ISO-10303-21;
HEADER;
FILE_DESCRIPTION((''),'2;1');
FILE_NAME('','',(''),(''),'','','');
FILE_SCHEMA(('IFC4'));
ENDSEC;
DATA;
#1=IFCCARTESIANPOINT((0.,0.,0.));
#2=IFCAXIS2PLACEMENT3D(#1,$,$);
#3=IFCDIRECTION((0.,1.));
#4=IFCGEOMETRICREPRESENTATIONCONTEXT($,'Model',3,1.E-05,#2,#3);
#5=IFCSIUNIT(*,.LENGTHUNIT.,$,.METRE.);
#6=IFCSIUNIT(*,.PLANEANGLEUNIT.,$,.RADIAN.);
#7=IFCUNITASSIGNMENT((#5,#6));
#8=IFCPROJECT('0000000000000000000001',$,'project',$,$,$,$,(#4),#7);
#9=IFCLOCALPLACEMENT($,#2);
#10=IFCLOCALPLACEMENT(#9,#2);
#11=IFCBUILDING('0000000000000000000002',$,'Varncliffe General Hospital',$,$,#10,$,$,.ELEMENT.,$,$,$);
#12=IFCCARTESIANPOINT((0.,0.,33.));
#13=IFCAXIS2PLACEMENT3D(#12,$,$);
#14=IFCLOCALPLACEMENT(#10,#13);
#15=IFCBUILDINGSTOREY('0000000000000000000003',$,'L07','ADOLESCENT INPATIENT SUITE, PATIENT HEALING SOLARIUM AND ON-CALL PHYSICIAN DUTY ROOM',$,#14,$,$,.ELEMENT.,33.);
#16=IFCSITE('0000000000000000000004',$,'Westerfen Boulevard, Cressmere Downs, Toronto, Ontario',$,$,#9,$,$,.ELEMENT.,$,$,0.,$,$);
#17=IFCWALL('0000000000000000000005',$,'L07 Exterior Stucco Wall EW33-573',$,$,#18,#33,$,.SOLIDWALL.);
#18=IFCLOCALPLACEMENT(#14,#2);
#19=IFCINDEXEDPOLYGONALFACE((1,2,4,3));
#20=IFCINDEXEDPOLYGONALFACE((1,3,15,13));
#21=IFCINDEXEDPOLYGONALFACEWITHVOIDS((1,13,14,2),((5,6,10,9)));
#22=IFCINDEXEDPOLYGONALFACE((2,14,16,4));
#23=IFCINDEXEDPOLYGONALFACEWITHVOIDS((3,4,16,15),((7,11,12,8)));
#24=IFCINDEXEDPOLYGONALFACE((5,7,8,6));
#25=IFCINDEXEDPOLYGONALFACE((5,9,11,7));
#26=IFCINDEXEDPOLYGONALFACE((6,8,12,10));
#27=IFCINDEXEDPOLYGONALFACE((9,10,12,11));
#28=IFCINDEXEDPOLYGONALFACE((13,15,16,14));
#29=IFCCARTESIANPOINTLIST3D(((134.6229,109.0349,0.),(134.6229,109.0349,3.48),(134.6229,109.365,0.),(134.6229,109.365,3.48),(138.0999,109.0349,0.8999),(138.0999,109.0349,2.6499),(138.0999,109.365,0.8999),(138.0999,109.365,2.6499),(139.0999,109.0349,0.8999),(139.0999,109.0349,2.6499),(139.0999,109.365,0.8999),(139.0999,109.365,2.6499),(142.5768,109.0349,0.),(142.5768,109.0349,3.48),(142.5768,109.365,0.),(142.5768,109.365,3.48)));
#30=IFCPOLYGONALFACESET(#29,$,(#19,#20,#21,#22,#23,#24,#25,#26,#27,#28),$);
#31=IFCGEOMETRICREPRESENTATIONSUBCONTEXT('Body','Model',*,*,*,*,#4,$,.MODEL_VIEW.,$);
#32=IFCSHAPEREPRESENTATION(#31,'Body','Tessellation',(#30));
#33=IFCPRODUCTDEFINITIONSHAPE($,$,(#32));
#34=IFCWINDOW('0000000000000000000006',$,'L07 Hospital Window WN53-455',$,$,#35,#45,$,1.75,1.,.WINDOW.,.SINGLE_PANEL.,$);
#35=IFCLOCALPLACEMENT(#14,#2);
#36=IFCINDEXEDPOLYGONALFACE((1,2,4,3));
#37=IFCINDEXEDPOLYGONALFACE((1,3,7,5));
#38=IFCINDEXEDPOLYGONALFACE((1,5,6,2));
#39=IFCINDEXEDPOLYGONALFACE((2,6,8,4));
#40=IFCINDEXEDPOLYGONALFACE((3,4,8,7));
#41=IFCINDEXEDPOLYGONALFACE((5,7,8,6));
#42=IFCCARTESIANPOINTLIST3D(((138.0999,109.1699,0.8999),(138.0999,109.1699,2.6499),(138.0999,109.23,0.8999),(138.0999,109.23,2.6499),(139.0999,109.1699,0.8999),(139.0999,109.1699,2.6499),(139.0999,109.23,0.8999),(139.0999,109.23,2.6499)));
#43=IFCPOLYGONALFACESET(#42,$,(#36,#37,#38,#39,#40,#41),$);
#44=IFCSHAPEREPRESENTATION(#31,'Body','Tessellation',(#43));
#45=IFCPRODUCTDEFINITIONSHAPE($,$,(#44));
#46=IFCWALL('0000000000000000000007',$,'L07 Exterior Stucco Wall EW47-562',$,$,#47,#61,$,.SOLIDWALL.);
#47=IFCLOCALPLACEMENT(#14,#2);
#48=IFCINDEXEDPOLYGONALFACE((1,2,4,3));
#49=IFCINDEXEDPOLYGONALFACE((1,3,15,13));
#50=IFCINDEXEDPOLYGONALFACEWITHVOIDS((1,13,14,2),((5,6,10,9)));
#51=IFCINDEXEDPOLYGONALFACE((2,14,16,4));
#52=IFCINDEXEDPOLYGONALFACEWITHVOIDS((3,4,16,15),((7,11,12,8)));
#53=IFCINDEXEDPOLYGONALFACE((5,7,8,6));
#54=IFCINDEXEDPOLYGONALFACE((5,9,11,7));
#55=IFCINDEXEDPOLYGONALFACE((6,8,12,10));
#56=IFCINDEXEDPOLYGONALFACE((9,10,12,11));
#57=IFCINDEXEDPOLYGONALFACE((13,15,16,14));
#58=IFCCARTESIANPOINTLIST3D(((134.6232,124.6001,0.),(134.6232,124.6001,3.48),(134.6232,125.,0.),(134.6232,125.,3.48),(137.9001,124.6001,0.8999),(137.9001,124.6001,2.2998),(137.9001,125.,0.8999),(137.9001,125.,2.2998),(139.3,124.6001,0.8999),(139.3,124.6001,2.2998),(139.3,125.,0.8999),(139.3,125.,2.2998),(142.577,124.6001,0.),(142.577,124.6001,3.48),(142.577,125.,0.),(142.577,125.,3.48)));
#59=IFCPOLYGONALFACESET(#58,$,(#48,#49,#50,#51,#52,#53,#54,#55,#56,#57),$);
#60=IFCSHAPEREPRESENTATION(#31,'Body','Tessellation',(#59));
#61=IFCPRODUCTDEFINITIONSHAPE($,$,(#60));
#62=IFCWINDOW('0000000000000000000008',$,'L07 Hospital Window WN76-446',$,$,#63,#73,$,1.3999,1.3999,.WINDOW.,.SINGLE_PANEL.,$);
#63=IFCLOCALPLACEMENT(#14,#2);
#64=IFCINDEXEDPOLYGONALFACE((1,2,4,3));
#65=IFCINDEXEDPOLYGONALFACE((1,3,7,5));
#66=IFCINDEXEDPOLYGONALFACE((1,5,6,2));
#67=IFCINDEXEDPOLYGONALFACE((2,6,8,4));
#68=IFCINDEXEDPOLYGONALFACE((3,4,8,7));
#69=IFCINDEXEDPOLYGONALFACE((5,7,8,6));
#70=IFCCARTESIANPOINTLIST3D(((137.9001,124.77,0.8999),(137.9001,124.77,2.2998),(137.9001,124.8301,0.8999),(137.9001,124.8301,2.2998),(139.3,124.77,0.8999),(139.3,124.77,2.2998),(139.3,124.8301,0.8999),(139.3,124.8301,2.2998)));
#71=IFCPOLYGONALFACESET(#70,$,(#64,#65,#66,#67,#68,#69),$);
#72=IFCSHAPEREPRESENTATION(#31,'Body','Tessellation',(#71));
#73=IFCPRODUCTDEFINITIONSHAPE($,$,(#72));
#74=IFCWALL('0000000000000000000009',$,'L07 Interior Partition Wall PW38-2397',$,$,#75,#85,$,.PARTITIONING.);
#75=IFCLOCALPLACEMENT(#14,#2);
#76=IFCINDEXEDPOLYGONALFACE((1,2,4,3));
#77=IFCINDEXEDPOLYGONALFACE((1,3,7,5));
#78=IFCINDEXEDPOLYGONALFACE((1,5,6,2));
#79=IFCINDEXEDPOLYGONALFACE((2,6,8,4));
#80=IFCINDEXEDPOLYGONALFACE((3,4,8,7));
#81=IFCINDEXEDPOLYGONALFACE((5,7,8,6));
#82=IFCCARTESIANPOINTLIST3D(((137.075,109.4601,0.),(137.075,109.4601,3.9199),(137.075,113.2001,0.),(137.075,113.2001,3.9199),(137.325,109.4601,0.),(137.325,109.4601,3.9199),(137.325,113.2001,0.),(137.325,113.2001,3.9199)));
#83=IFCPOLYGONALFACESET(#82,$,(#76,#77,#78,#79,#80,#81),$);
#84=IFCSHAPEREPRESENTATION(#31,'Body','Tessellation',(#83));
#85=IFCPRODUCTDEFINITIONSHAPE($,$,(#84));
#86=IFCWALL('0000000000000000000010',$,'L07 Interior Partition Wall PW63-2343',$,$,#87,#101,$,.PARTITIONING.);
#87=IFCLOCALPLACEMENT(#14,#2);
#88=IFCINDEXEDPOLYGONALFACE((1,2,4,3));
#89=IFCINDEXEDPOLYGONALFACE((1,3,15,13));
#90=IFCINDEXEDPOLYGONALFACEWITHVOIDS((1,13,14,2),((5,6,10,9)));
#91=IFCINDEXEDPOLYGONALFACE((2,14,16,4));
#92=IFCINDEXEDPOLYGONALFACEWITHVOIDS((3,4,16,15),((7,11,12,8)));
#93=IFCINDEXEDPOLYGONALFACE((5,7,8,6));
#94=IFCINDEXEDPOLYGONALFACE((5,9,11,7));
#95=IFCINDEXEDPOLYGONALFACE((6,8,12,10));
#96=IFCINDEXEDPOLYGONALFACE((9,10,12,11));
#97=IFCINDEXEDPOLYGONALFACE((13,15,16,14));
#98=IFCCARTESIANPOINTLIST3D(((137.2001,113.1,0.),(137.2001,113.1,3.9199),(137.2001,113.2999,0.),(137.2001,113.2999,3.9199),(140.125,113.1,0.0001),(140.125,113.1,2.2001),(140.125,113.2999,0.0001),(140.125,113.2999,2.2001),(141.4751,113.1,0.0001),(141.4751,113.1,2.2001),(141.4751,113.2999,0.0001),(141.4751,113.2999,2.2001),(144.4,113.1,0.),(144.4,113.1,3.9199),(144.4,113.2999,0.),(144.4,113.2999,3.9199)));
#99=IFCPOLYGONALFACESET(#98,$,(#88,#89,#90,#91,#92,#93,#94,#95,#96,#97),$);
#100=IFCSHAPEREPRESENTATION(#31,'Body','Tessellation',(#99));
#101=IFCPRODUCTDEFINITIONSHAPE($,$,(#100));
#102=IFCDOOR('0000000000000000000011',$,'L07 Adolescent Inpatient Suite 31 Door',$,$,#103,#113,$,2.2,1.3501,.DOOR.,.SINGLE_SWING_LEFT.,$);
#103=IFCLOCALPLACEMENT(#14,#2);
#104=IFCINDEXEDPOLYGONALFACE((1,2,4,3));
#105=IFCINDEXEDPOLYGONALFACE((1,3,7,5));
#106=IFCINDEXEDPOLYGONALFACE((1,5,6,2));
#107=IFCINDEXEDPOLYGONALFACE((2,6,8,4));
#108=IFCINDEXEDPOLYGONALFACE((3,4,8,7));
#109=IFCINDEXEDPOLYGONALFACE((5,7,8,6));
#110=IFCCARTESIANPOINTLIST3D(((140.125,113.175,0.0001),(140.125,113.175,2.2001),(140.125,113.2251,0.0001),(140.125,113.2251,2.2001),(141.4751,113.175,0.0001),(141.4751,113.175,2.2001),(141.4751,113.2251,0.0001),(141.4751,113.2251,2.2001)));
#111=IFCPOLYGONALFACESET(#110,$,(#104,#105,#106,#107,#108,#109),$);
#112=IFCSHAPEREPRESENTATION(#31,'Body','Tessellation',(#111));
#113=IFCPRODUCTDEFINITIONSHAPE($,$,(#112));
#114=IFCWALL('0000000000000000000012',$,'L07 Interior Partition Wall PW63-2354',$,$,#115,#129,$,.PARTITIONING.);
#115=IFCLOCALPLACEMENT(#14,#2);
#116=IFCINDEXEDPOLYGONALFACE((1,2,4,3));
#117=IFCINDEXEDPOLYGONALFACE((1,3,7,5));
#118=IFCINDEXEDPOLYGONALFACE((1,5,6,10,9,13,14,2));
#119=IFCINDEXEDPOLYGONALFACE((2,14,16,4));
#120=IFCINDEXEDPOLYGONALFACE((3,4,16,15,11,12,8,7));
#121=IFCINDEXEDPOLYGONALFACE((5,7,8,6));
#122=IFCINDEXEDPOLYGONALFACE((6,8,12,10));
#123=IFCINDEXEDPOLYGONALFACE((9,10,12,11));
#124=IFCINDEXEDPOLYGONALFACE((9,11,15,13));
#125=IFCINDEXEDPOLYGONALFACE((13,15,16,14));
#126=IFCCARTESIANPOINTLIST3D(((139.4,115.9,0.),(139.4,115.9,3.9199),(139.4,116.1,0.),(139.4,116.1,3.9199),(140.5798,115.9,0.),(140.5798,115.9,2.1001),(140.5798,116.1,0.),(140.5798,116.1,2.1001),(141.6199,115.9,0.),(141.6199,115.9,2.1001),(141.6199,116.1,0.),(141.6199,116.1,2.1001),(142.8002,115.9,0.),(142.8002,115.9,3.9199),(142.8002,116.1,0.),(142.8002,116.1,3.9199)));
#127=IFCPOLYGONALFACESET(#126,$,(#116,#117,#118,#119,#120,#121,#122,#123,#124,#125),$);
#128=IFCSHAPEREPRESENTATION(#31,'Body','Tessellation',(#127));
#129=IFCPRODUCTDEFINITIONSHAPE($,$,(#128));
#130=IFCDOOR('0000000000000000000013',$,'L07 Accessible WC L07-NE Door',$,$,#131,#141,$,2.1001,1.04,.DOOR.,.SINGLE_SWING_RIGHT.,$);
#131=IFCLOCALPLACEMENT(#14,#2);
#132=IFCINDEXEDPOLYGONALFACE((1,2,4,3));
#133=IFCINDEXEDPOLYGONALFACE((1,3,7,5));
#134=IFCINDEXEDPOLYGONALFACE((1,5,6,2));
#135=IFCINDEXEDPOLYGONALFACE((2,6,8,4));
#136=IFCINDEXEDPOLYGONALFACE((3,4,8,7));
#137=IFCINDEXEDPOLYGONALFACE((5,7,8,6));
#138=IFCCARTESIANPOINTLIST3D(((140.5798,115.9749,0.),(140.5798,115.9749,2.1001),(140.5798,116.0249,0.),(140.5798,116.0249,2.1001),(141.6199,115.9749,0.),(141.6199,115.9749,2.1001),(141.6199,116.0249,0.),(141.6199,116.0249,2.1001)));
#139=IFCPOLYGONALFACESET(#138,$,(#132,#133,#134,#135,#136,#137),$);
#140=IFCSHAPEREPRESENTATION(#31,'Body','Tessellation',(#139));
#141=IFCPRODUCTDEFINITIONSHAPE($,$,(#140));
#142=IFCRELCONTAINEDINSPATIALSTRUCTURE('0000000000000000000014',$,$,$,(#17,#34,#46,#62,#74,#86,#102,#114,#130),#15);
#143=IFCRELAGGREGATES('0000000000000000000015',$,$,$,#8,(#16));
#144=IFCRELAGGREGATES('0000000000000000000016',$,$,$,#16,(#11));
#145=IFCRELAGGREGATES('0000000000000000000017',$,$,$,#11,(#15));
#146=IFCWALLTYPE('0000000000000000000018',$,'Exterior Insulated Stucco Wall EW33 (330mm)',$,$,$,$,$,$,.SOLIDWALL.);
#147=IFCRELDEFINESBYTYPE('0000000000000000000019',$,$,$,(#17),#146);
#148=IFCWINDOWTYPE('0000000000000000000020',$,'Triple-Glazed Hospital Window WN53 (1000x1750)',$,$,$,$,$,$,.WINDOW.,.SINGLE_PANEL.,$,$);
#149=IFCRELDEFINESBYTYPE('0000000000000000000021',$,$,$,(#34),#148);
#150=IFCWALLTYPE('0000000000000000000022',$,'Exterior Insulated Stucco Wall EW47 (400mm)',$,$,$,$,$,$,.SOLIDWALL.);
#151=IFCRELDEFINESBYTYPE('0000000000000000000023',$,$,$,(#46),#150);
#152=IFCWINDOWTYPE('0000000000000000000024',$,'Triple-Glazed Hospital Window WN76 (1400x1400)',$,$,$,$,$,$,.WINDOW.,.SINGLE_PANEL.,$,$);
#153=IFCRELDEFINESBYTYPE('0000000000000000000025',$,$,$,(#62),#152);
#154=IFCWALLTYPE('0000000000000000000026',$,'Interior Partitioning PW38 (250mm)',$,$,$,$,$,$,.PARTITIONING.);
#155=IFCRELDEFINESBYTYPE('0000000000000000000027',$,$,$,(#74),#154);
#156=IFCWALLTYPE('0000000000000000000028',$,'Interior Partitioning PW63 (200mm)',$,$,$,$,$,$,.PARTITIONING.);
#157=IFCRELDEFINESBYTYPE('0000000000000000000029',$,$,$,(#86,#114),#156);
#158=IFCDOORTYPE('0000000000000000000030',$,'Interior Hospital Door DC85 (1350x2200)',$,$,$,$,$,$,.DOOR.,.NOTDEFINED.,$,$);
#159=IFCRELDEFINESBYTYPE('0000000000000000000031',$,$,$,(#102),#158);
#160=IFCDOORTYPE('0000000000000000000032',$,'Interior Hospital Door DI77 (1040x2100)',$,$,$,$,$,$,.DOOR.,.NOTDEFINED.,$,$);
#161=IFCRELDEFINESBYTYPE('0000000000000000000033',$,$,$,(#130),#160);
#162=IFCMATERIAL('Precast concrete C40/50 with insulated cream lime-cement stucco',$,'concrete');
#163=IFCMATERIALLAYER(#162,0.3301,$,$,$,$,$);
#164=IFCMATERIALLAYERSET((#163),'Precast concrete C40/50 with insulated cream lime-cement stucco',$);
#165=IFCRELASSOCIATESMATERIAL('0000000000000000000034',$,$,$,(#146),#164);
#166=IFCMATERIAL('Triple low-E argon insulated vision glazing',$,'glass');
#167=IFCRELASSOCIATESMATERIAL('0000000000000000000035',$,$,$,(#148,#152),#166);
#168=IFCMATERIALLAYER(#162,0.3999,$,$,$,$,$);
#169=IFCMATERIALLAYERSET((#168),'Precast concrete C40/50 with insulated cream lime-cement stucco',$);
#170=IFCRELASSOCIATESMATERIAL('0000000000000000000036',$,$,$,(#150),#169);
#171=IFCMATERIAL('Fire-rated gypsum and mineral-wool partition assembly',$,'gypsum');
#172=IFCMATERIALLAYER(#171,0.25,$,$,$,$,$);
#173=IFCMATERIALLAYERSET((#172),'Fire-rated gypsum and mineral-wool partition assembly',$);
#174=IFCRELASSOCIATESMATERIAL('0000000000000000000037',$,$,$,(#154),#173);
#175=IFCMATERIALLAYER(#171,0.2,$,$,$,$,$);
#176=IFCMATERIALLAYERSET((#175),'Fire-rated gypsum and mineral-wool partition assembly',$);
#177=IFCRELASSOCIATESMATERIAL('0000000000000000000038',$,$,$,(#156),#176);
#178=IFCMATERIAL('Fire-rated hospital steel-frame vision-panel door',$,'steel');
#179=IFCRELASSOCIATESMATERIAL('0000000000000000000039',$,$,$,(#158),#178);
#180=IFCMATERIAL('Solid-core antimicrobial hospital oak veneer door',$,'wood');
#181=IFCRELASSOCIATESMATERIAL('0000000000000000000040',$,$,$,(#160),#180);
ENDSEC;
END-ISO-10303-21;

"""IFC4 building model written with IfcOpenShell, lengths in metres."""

from ifc_helpers import new_model, si_unit, direction, frame, frame_2d, origin, place, context, subcontext, project, spatial, rectangle, extrude, material, layer, layer_set, type_object, element, fill, save


model = new_model("IFC4")

# Units and contexts
model_context = context("Model", 3, precision=1e-05, world=origin(), true_north=direction((0.0, 1.0)))
body_context = subcontext(model_context, "Body", "Model", "MODEL_VIEW")
ifc_project = project(units=[si_unit("LENGTHUNIT", "METRE"), si_unit("PLANEANGLEUNIT", "RADIAN")], contexts=[model_context])

# Site, building, storey
site_placement = place(None, origin())
site = spatial("IfcSite", under=ifc_project, at=site_placement, Name="Westerfen Boulevard, Cressmere Downs, Toronto, Ontario", CompositionType="ELEMENT", RefElevation=0.0)
building_placement = place(site_placement, origin())
building = spatial("IfcBuilding", under=site, at=building_placement, Name="Varncliffe General Hospital", CompositionType="ELEMENT")
storey_placement = place(building_placement, frame((0.0, 0.0, 33.0)))
storey = spatial("IfcBuildingStorey", under=building, at=storey_placement, Name="L07", Description="ADOLESCENT INPATIENT SUITE, PATIENT HEALING SOLARIUM AND ON-CALL PHYSICIAN DUTY ROOM", CompositionType="ELEMENT", Elevation=33.0)

# Walls, openings, windows
ifc_material_1 = material(Name="Precast concrete C40/50 with insulated cream lime-cement stucco", Category="concrete")
ifc_material_2 = material(Name="Triple low-E argon insulated vision glazing", Category="glass")
ifc_layer_1 = layer(ifc_material_1, 0.3301)
ifc_layer_set_1 = layer_set([ifc_layer_1], Name="Precast concrete C40/50 with insulated cream lime-cement stucco")
wall_type_1 = type_object("IfcWallType", Name="Exterior Insulated Stucco Wall EW33 (330mm)", PredefinedType="SOLIDWALL", material=ifc_layer_set_1)
wall_1_placement = place(storey_placement, frame((142.5769, 109.2, 0.0), z_axis=(0.0, 0.0, 1.0), x_axis=(-1.0, 0.0, 0.0)))
wall_1 = element("IfcWall", 1, at=wall_1_placement, inside=storey, type_object=wall_type_1, Name="L07 Exterior Stucco Wall EW33-573", PredefinedType="SOLIDWALL", context=body_context, shape_type="SweptSolid", body=[
    extrude(rectangle(XDim=7.9539, YDim=0.3301, at=frame_2d((3.9771, 0.0))), origin(), (0.0, 0.0, 1.0), 3.48),
])
opening_1_placement = place(wall_1_placement, frame((3.4771, 0.0, 0.8999)))
opening_1 = element("IfcOpeningElement", 2, at=opening_1_placement, cuts=wall_1, PredefinedType="OPENING", context=body_context, shape_type="SweptSolid", body=[
    extrude(rectangle(XDim=1.0, YDim=1.75, at=frame_2d((0.5, 0.875))), frame((0.0, 0.175, 0.0), z_axis=(0.0, -1.0, 0.0), x_axis=(1.0, 0.0, 0.0)), (0.0, 0.0, 1.0), 0.3501),
])
window_type_1 = type_object("IfcWindowType", Name="Triple-Glazed Hospital Window WN53 (1000x1750)", PartitioningType="SINGLE_PANEL", PredefinedType="WINDOW", material=ifc_material_2)
window_1_placement = place(opening_1_placement, origin())
window_1 = element("IfcWindow", 3, at=window_1_placement, inside=storey, type_object=window_type_1, Name="L07 Hospital Window WN53-455", OverallHeight=1.75, OverallWidth=1.0, PartitioningType="SINGLE_PANEL", PredefinedType="WINDOW", context=body_context, shape_type="SweptSolid", body=[
    extrude(rectangle(XDim=1.0, YDim=1.75, at=frame_2d((0.5, 0.875))), frame((0.0, 0.03, 0.0), z_axis=(0.0, -1.0, 0.0), x_axis=(1.0, 0.0, 0.0)), (0.0, 0.0, 1.0), 0.0601),
])
fill(opening_1, window_1)
ifc_layer_2 = layer(ifc_material_1, 0.3999)
ifc_layer_set_2 = layer_set([ifc_layer_2], Name="Precast concrete C40/50 with insulated cream lime-cement stucco")
wall_type_2 = type_object("IfcWallType", Name="Exterior Insulated Stucco Wall EW47 (400mm)", PredefinedType="SOLIDWALL", material=ifc_layer_set_2)
wall_2_placement = place(storey_placement, frame((134.623, 124.8, 0.0), z_axis=(0.0, 0.0, 1.0), x_axis=(1.0, 0.0, 0.0)))
wall_2 = element("IfcWall", 4, at=wall_2_placement, inside=storey, type_object=wall_type_2, Name="L07 Exterior Stucco Wall EW47-562", PredefinedType="SOLIDWALL", context=body_context, shape_type="SweptSolid", body=[
    extrude(rectangle(XDim=7.9539, YDim=0.3999, at=frame_2d((3.9771, 0.0))), origin(), (0.0, 0.0, 1.0), 3.48),
])
opening_2_placement = place(wall_2_placement, frame((3.2771, 0.0, 0.8999)))
opening_2 = element("IfcOpeningElement", 5, at=opening_2_placement, cuts=wall_2, PredefinedType="OPENING", context=body_context, shape_type="SweptSolid", body=[
    extrude(rectangle(XDim=1.3999, YDim=1.3999, at=frame_2d((0.7, 0.7))), frame((0.0, 0.21, 0.0), z_axis=(0.0, -1.0, 0.0), x_axis=(1.0, 0.0, 0.0)), (0.0, 0.0, 1.0), 0.4199),
])
window_type_2 = type_object("IfcWindowType", Name="Triple-Glazed Hospital Window WN76 (1400x1400)", PartitioningType="SINGLE_PANEL", PredefinedType="WINDOW", material=ifc_material_2)
window_2_placement = place(opening_2_placement, origin())
window_2 = element("IfcWindow", 6, at=window_2_placement, inside=storey, type_object=window_type_2, Name="L07 Hospital Window WN76-446", OverallHeight=1.3999, OverallWidth=1.3999, PartitioningType="SINGLE_PANEL", PredefinedType="WINDOW", context=body_context, shape_type="SweptSolid", body=[
    extrude(rectangle(XDim=1.3999, YDim=1.3999, at=frame_2d((0.7, 0.7))), frame((0.0, 0.03, 0.0), z_axis=(0.0, -1.0, 0.0), x_axis=(1.0, 0.0, 0.0)), (0.0, 0.0, 1.0), 0.0601),
])
fill(opening_2, window_2)

# Wall
ifc_material_3 = material(Name="Fire-rated gypsum and mineral-wool partition assembly", Category="gypsum")
ifc_layer_3 = layer(ifc_material_3, 0.25)
ifc_layer_set_3 = layer_set([ifc_layer_3], Name="Fire-rated gypsum and mineral-wool partition assembly")
wall_type_3 = type_object("IfcWallType", Name="Interior Partitioning PW38 (250mm)", PredefinedType="PARTITIONING", material=ifc_layer_set_3)
wall_3_placement = place(storey_placement, frame((137.2, 109.46, 0.0), z_axis=(0.0, 0.0, 1.0), x_axis=(0.0, 1.0, 0.0)))
element("IfcWall", 7, at=wall_3_placement, inside=storey, type_object=wall_type_3, Name="L07 Interior Partition Wall PW38-2397", PredefinedType="PARTITIONING", context=body_context, shape_type="SweptSolid", body=[
    extrude(rectangle(XDim=3.74, YDim=0.25, at=frame_2d((1.8701, 0.0))), origin(), (0.0, 0.0, 1.0), 3.9199),
])

# Walls, openings, doors
ifc_layer_4 = layer(ifc_material_3, 0.2)
ifc_layer_set_4 = layer_set([ifc_layer_4], Name="Fire-rated gypsum and mineral-wool partition assembly")
wall_type_4 = type_object("IfcWallType", Name="Interior Partitioning PW63 (200mm)", PredefinedType="PARTITIONING", material=ifc_layer_set_4)
wall_4_placement = place(storey_placement, frame((137.2, 113.2, 0.0), z_axis=(0.0, 0.0, 1.0), x_axis=(1.0, 0.0, 0.0)))
wall_4 = element("IfcWall", 8, at=wall_4_placement, inside=storey, type_object=wall_type_4, Name="L07 Interior Partition Wall PW63-2343", PredefinedType="PARTITIONING", context=body_context, shape_type="SweptSolid", body=[
    extrude(rectangle(XDim=7.2, YDim=0.2, at=frame_2d((3.6001, 0.0))), origin(), (0.0, 0.0, 1.0), 3.9199),
])
opening_3_placement = place(wall_4_placement, frame((2.925, 0.0, 0.0)))
opening_3 = element("IfcOpeningElement", 9, at=opening_3_placement, cuts=wall_4, PredefinedType="OPENING", context=body_context, shape_type="SweptSolid", body=[
    extrude(rectangle(XDim=1.3501, YDim=2.2, at=frame_2d((0.675, 1.1001))), frame((0.0, 0.1099, 0.0), z_axis=(0.0, -1.0, 0.0), x_axis=(1.0, 0.0, 0.0)), (0.0, 0.0, 1.0), 0.22),
])
ifc_material_4 = material(Name="Fire-rated hospital steel-frame vision-panel door", Category="steel")
door_type_1 = type_object("IfcDoorType", Name="Interior Hospital Door DC85 (1350x2200)", OperationType="NOTDEFINED", PredefinedType="DOOR", material=ifc_material_4)
door_1_placement = place(opening_3_placement, frame((1.3501, 0.0, 0.0), z_axis=(0.0, 0.0, 1.0), x_axis=(-1.0, 0.0, 0.0)))
door_1 = element("IfcDoor", 10, at=door_1_placement, inside=storey, type_object=door_type_1, Name="L07 Adolescent Inpatient Suite 31 Door", OperationType="SINGLE_SWING_LEFT", OverallHeight=2.2, OverallWidth=1.3501, PredefinedType="DOOR", context=body_context, shape_type="SweptSolid", body=[
    extrude(rectangle(XDim=1.3501, YDim=2.2, at=frame_2d((0.675, 1.1001))), frame((0.0, 0.0249, 0.0), z_axis=(0.0, -1.0, 0.0), x_axis=(1.0, 0.0, 0.0)), (0.0, 0.0, 1.0), 0.05),
])
fill(opening_3, door_1)
wall_5_placement = place(storey_placement, frame((139.3999, 116.0, 0.0), z_axis=(0.0, 0.0, 1.0), x_axis=(1.0, 0.0, 0.0)))
wall_5 = element("IfcWall", 11, at=wall_5_placement, inside=storey, type_object=wall_type_4, Name="L07 Interior Partition Wall PW63-2354", PredefinedType="PARTITIONING", context=body_context, shape_type="SweptSolid", body=[
    extrude(rectangle(XDim=3.4001, YDim=0.2, at=frame_2d((1.7002, 0.0))), origin(), (0.0, 0.0, 1.0), 3.9199),
])
opening_4_placement = place(wall_5_placement, frame((1.1799, 0.0, 0.0)))
opening_4 = element("IfcOpeningElement", 12, at=opening_4_placement, cuts=wall_5, PredefinedType="OPENING", context=body_context, shape_type="SweptSolid", body=[
    extrude(rectangle(XDim=1.04, YDim=2.1001, at=frame_2d((0.52, 1.05))), frame((0.0, 0.1099, 0.0), z_axis=(0.0, -1.0, 0.0), x_axis=(1.0, 0.0, 0.0)), (0.0, 0.0, 1.0), 0.22),
])
ifc_material_5 = material(Name="Solid-core antimicrobial hospital oak veneer door", Category="wood")
door_type_2 = type_object("IfcDoorType", Name="Interior Hospital Door DI77 (1040x2100)", OperationType="NOTDEFINED", PredefinedType="DOOR", material=ifc_material_5)
door_2_placement = place(opening_4_placement, origin())
door_2 = element("IfcDoor", 13, at=door_2_placement, inside=storey, type_object=door_type_2, Name="L07 Accessible WC L07-NE Door", OperationType="SINGLE_SWING_RIGHT", OverallHeight=2.1001, OverallWidth=1.04, PredefinedType="DOOR", context=body_context, shape_type="SweptSolid", body=[
    extrude(rectangle(XDim=1.04, YDim=2.1001, at=frame_2d((0.52, 1.05))), frame((0.0, 0.0249, 0.0), z_axis=(0.0, -1.0, 0.0), x_axis=(1.0, 0.0, 0.0)), (0.0, 0.0, 1.0), 0.05),
])
fill(opening_4, door_2)

save(model, "model.ifc")
